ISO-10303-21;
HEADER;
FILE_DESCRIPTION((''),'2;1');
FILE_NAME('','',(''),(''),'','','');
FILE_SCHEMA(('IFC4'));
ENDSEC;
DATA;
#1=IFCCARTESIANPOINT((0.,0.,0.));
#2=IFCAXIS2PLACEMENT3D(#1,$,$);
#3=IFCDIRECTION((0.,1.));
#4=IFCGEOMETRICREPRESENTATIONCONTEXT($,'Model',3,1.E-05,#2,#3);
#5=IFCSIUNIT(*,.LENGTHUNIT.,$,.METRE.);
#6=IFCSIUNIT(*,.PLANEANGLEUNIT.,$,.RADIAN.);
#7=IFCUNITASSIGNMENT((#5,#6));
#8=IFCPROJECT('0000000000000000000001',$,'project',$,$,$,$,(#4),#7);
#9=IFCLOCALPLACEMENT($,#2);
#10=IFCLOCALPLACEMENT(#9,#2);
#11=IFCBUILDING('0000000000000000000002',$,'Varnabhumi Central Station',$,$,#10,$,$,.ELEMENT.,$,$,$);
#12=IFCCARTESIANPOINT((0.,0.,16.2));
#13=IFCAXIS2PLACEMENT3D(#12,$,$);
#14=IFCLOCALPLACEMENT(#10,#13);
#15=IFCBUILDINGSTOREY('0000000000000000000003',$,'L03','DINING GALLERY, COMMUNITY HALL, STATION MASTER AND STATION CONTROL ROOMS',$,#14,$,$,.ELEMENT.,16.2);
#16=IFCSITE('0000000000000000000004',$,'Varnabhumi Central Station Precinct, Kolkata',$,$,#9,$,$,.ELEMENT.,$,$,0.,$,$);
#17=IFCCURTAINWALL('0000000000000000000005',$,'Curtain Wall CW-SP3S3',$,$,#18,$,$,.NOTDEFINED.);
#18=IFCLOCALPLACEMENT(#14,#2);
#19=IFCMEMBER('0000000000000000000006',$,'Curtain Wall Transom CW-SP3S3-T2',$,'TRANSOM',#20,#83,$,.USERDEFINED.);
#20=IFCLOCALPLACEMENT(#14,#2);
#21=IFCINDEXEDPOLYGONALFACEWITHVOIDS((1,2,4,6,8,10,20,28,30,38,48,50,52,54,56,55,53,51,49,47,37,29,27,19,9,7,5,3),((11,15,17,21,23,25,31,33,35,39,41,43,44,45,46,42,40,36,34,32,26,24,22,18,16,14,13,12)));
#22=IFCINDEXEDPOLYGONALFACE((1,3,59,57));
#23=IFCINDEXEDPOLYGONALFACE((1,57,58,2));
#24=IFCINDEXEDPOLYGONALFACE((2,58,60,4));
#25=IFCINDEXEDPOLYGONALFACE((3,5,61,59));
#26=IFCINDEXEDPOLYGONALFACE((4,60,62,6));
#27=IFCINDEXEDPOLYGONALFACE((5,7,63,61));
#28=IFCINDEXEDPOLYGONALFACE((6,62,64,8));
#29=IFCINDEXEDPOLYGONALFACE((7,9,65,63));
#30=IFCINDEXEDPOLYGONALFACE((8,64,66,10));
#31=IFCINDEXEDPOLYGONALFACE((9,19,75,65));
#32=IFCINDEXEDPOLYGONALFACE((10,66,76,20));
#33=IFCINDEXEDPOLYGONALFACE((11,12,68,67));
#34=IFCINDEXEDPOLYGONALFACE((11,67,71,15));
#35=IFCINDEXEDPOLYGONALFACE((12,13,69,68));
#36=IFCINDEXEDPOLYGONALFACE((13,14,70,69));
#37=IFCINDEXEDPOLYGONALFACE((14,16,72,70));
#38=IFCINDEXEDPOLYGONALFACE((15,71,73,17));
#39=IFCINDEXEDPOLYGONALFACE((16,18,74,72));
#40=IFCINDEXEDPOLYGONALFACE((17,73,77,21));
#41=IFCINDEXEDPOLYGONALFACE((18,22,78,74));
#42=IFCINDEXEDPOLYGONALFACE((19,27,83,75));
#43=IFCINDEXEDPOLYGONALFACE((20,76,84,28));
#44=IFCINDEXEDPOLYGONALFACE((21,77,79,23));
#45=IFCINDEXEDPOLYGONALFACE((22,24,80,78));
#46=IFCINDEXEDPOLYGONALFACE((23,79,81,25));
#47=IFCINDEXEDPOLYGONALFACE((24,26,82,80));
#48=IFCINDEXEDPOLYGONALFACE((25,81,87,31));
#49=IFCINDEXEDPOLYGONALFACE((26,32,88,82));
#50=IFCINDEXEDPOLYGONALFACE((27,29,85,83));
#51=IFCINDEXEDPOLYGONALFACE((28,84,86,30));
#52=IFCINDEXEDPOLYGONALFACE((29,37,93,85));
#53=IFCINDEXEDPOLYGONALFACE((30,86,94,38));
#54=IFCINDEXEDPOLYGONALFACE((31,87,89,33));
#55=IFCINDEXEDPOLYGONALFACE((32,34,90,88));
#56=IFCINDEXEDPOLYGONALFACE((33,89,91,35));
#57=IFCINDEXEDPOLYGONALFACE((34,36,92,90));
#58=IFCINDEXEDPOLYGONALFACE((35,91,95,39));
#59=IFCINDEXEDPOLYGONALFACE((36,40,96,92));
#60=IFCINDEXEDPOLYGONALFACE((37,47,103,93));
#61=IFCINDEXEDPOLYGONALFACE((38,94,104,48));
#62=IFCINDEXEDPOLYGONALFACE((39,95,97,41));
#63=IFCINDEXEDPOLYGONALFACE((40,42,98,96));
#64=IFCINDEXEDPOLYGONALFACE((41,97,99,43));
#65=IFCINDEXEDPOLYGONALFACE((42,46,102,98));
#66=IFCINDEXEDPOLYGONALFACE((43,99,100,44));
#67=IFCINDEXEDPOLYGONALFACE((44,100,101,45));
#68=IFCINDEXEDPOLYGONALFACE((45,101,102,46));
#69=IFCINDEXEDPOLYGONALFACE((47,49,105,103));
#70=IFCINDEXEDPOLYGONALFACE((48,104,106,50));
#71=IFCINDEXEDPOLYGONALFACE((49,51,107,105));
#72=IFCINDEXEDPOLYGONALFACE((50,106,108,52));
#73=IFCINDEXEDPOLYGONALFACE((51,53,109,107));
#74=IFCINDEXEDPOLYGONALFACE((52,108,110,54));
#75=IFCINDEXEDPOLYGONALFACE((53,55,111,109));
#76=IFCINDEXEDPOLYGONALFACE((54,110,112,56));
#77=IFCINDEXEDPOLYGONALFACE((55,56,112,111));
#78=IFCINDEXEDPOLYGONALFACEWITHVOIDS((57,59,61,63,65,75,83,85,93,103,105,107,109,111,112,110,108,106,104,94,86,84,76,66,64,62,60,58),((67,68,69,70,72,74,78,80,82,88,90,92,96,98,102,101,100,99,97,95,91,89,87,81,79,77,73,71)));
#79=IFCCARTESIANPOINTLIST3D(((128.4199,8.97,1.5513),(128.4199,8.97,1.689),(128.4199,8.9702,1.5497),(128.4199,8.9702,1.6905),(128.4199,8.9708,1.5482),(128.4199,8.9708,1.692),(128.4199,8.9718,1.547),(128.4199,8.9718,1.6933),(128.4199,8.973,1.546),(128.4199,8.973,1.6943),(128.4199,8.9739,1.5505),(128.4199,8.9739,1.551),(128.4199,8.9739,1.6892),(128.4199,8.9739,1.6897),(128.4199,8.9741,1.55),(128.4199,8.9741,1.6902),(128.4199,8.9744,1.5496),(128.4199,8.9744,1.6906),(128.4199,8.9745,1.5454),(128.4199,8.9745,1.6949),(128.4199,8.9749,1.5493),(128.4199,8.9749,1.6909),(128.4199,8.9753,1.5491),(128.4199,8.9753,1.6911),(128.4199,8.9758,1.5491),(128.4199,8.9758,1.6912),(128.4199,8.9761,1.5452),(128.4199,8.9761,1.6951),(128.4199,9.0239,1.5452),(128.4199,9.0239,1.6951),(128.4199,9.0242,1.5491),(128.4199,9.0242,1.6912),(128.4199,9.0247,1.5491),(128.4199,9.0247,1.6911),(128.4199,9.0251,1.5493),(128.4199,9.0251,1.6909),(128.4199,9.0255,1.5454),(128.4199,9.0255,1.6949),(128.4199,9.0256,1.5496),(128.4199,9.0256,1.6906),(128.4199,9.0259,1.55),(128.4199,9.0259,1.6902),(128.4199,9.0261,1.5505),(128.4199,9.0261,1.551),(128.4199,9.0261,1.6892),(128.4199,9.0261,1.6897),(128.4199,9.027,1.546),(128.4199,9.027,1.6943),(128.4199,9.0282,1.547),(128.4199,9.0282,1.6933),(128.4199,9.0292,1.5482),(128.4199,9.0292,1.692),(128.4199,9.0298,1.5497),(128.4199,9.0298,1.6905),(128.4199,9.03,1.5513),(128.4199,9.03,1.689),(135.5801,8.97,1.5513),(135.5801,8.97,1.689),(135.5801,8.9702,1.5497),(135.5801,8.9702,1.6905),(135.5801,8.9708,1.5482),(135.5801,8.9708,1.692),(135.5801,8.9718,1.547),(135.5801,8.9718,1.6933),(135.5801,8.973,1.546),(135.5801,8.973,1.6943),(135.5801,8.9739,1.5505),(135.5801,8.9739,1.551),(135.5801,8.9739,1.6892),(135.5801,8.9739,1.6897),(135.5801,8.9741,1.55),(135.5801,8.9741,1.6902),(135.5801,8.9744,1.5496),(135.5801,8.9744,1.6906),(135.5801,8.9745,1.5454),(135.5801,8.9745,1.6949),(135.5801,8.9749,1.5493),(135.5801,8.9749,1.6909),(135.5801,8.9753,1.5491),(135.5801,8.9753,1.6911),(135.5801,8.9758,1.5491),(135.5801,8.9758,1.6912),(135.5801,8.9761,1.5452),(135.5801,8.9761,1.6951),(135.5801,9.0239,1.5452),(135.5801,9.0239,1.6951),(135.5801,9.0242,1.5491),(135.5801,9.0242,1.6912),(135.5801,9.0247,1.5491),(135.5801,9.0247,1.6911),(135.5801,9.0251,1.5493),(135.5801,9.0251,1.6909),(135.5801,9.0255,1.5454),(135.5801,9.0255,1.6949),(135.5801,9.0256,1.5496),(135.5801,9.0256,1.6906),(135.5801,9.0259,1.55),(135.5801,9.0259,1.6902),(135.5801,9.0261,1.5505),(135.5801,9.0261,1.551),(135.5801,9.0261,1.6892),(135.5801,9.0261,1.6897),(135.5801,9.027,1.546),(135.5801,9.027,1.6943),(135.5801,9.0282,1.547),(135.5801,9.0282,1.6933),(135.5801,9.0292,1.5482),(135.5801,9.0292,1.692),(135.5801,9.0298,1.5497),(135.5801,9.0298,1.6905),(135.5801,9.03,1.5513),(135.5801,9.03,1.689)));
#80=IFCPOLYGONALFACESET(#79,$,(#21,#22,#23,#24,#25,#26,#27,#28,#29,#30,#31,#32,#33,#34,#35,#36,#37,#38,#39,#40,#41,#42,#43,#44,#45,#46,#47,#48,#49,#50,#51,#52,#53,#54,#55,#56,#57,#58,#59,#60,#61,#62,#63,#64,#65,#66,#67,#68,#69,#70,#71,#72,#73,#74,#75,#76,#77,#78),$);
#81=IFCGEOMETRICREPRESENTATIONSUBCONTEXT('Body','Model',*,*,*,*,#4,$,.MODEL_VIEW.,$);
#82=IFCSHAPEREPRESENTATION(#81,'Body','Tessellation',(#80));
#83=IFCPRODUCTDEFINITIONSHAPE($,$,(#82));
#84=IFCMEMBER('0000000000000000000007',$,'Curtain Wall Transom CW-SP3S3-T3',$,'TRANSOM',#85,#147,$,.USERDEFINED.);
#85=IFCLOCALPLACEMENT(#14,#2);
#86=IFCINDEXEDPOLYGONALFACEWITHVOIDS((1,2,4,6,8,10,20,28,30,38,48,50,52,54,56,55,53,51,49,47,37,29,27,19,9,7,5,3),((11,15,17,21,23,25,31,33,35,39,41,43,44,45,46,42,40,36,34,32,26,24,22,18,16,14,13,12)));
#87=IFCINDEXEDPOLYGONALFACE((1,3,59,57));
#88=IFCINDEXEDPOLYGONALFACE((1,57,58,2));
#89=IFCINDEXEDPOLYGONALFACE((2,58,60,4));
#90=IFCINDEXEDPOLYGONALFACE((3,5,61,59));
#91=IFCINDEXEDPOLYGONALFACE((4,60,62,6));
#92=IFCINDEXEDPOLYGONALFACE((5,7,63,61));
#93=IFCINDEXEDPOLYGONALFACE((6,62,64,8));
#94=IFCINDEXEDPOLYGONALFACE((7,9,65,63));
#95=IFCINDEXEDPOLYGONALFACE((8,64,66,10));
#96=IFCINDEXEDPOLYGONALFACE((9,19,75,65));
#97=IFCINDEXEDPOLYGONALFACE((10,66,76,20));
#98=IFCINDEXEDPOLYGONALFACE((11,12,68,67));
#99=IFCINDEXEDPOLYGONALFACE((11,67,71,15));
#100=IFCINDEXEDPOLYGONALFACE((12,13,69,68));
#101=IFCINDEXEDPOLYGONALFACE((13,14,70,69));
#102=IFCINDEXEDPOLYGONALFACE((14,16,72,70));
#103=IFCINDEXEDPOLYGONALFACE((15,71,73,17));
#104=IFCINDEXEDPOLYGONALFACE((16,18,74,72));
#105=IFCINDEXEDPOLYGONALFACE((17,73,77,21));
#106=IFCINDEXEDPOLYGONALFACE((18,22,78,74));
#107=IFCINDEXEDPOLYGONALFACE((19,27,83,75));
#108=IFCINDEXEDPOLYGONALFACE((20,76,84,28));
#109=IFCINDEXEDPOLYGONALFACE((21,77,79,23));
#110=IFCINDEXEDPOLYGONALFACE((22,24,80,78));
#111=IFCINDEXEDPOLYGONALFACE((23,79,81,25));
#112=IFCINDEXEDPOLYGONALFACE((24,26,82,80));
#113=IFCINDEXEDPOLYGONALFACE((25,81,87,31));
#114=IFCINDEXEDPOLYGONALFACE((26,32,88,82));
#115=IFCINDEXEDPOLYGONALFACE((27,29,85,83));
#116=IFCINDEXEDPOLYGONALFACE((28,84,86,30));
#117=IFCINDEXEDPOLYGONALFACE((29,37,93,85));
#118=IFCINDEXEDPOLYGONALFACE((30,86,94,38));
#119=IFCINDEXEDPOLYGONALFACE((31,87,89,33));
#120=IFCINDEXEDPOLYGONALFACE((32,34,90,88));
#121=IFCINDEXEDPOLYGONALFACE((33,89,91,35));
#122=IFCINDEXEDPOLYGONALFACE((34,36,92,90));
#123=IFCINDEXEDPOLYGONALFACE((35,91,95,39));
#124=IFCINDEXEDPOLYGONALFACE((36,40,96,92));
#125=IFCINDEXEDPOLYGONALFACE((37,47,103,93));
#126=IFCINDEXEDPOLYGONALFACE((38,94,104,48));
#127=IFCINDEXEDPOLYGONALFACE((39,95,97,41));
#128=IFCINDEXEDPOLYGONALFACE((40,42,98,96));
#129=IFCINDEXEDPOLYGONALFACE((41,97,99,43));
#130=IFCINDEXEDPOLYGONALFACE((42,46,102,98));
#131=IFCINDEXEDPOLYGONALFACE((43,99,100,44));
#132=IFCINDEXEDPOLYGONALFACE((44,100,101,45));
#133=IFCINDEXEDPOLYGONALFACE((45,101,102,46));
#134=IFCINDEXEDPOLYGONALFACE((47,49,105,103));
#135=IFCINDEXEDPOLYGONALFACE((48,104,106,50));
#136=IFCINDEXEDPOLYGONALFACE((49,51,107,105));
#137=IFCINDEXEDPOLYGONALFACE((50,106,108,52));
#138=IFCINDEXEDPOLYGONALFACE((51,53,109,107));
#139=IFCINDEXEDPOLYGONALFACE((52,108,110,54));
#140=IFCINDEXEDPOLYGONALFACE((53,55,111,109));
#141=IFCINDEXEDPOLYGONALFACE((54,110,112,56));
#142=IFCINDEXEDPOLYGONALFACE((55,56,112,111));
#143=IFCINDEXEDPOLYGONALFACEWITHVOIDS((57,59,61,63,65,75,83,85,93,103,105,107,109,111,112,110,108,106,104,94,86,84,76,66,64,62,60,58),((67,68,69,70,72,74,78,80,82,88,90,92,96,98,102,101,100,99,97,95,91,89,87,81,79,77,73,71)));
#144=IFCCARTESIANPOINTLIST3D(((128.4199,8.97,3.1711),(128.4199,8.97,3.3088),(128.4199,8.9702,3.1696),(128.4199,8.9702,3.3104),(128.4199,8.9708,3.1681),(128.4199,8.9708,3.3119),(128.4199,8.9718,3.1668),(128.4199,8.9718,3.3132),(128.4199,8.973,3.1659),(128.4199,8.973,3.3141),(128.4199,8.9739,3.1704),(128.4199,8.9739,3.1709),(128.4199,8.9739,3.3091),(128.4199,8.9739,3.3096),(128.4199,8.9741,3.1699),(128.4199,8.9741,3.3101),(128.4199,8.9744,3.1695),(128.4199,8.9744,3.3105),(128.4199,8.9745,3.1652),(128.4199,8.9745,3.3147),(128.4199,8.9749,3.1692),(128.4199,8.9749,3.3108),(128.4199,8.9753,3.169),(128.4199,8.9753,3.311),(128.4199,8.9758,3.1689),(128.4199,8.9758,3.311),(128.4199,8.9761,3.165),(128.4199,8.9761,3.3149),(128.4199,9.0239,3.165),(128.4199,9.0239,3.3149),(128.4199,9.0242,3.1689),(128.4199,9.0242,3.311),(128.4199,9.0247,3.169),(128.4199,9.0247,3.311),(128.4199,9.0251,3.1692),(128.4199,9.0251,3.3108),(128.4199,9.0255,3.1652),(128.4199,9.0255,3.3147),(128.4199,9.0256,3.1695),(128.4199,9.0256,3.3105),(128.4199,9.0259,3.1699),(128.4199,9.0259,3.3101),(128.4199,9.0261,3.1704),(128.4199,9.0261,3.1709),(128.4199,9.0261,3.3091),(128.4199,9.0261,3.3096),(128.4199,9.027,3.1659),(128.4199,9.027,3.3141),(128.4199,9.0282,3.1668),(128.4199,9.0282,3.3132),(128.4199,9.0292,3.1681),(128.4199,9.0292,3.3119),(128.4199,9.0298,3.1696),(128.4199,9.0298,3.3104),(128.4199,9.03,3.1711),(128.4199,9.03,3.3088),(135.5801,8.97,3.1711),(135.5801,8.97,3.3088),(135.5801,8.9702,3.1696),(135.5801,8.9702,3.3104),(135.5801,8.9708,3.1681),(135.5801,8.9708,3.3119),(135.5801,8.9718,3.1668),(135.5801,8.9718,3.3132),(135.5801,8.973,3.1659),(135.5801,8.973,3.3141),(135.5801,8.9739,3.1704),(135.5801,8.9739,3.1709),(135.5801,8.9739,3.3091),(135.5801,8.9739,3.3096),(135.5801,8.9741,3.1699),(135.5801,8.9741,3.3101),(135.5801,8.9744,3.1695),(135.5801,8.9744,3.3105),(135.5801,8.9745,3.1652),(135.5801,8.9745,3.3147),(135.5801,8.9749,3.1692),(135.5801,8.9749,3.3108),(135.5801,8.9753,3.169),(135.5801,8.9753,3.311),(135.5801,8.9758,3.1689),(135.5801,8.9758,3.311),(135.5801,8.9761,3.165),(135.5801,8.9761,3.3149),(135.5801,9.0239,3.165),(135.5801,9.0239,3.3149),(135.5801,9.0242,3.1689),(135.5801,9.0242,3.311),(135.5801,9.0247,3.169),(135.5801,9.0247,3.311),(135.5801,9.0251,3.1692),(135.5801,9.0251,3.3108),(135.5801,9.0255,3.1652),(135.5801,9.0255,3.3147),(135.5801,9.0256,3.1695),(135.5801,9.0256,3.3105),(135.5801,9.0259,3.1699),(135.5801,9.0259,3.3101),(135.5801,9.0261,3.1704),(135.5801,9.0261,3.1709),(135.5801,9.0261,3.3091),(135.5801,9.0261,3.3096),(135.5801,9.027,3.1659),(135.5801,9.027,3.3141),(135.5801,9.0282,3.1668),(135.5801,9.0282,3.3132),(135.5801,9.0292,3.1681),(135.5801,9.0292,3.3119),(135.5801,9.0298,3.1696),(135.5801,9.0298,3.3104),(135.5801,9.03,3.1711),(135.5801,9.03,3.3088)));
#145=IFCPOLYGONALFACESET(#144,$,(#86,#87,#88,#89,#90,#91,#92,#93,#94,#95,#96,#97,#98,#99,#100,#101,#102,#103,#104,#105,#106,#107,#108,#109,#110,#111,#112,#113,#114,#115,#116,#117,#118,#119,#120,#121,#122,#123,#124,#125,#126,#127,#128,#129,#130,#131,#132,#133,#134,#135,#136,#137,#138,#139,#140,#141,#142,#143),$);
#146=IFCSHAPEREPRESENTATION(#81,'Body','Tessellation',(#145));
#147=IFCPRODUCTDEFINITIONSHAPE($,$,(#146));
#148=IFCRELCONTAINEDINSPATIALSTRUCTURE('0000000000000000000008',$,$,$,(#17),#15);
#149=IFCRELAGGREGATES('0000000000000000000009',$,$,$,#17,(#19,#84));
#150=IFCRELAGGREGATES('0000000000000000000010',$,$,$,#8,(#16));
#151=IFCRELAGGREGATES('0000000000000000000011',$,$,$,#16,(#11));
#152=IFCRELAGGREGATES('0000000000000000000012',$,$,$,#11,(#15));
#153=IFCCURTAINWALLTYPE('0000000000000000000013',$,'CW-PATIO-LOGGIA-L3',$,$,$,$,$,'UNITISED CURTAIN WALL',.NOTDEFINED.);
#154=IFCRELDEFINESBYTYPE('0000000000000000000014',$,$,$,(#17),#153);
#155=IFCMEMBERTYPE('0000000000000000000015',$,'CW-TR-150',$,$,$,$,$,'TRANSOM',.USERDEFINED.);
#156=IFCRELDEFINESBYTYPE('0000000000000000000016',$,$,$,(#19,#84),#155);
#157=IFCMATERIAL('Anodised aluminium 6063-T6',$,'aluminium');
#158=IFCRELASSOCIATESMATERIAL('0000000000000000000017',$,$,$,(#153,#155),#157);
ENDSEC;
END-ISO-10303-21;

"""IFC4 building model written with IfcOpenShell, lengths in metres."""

from ifc_helpers import new_model, si_unit, direction, frame, origin, origin_2d, place, context, subcontext, project, spatial, hollow_rectangle, extrude, material, material_profile, profile_set, type_object, element, aggregate, save


model = new_model("IFC4")

# Units and contexts
model_context = context("Model", 3, precision=1e-05, world=origin(), true_north=direction((0.0, 1.0)))
body_context = subcontext(model_context, "Body", "Model", "MODEL_VIEW")
ifc_project = project(units=[si_unit("LENGTHUNIT", "METRE"), si_unit("PLANEANGLEUNIT", "RADIAN")], contexts=[model_context])

# Site, building, storey
site_placement = place(None, origin())
site = spatial("IfcSite", under=ifc_project, at=site_placement, Name="Varnabhumi Central Station Precinct, Kolkata", CompositionType="ELEMENT", RefElevation=0.0)
building_placement = place(site_placement, origin())
building = spatial("IfcBuilding", under=site, at=building_placement, Name="Varnabhumi Central Station", CompositionType="ELEMENT")
storey_placement = place(building_placement, frame((0.0, 0.0, 16.2)))
storey = spatial("IfcBuildingStorey", under=building, at=storey_placement, Name="L03", Description="DINING GALLERY, COMMUNITY HALL, STATION MASTER AND STATION CONTROL ROOMS", CompositionType="ELEMENT", Elevation=16.2)

# Shared definitions
ifc_material_1 = material(Name="Anodised aluminium 6063-T6", Category="aluminium")
curtain_wall_type = type_object("IfcCurtainWallType", Name="CW-PATIO-LOGGIA-L3", ElementType="UNITISED CURTAIN WALL", PredefinedType="NOTDEFINED", material=ifc_material_1)

# Curtain wall
curtain_wall_1_placement = place(storey_placement, origin())
curtain_wall_1 = element("IfcCurtainWall", 1, at=curtain_wall_1_placement, inside=storey, type_object=curtain_wall_type, Name="Curtain Wall CW-SP3S3", PredefinedType="NOTDEFINED")

# Members
ifc_material_profile_1 = material_profile(ifc_material_1, hollow_rectangle(XDim=0.0601, YDim=0.1499, WallThickness=0.0039, InnerFilletRadius=0.002, OuterFilletRadius=0.0061, at=origin_2d()), Name="Anodised aluminium 6063-T6", Category="aluminium")
ifc_profile_set_1 = profile_set([ifc_material_profile_1], Name="Anodised aluminium 6063-T6")
member_type_1 = type_object("IfcMemberType", Name="CW-TR-150", ElementType="TRANSOM", PredefinedType="USERDEFINED", material=ifc_profile_set_1)
member_1_placement = place(storey_placement, frame((128.4199, 9.0, 1.6201), z_axis=(1.0, 0.0, 0.0), x_axis=(0.0, 1.0, 0.0)))
member_1 = element("IfcMember", 2, at=member_1_placement, type_object=member_type_1, Name="Curtain Wall Transom CW-SP3S3-T2", ObjectType="TRANSOM", PredefinedType="USERDEFINED", context=body_context, shape_type="SweptSolid", body=[
    extrude(hollow_rectangle(XDim=0.0601, YDim=0.1499, WallThickness=0.0039, InnerFilletRadius=0.002, OuterFilletRadius=0.0061, at=origin_2d()), origin(), (0.0, 0.0, 1.0), 7.1602),
])
member_2_placement = place(storey_placement, frame((128.4199, 9.0, 3.24), z_axis=(1.0, 0.0, 0.0), x_axis=(0.0, 1.0, 0.0)))
member_2 = element("IfcMember", 3, at=member_2_placement, type_object=member_type_1, Name="Curtain Wall Transom CW-SP3S3-T3", ObjectType="TRANSOM", PredefinedType="USERDEFINED", context=body_context, shape_type="SweptSolid", body=[
    extrude(hollow_rectangle(XDim=0.0601, YDim=0.1499, WallThickness=0.0039, InnerFilletRadius=0.002, OuterFilletRadius=0.0061, at=origin_2d()), origin(), (0.0, 0.0, 1.0), 7.1602),
])

aggregate(curtain_wall_1, [member_1, member_2])

save(model, "model.ifc")
